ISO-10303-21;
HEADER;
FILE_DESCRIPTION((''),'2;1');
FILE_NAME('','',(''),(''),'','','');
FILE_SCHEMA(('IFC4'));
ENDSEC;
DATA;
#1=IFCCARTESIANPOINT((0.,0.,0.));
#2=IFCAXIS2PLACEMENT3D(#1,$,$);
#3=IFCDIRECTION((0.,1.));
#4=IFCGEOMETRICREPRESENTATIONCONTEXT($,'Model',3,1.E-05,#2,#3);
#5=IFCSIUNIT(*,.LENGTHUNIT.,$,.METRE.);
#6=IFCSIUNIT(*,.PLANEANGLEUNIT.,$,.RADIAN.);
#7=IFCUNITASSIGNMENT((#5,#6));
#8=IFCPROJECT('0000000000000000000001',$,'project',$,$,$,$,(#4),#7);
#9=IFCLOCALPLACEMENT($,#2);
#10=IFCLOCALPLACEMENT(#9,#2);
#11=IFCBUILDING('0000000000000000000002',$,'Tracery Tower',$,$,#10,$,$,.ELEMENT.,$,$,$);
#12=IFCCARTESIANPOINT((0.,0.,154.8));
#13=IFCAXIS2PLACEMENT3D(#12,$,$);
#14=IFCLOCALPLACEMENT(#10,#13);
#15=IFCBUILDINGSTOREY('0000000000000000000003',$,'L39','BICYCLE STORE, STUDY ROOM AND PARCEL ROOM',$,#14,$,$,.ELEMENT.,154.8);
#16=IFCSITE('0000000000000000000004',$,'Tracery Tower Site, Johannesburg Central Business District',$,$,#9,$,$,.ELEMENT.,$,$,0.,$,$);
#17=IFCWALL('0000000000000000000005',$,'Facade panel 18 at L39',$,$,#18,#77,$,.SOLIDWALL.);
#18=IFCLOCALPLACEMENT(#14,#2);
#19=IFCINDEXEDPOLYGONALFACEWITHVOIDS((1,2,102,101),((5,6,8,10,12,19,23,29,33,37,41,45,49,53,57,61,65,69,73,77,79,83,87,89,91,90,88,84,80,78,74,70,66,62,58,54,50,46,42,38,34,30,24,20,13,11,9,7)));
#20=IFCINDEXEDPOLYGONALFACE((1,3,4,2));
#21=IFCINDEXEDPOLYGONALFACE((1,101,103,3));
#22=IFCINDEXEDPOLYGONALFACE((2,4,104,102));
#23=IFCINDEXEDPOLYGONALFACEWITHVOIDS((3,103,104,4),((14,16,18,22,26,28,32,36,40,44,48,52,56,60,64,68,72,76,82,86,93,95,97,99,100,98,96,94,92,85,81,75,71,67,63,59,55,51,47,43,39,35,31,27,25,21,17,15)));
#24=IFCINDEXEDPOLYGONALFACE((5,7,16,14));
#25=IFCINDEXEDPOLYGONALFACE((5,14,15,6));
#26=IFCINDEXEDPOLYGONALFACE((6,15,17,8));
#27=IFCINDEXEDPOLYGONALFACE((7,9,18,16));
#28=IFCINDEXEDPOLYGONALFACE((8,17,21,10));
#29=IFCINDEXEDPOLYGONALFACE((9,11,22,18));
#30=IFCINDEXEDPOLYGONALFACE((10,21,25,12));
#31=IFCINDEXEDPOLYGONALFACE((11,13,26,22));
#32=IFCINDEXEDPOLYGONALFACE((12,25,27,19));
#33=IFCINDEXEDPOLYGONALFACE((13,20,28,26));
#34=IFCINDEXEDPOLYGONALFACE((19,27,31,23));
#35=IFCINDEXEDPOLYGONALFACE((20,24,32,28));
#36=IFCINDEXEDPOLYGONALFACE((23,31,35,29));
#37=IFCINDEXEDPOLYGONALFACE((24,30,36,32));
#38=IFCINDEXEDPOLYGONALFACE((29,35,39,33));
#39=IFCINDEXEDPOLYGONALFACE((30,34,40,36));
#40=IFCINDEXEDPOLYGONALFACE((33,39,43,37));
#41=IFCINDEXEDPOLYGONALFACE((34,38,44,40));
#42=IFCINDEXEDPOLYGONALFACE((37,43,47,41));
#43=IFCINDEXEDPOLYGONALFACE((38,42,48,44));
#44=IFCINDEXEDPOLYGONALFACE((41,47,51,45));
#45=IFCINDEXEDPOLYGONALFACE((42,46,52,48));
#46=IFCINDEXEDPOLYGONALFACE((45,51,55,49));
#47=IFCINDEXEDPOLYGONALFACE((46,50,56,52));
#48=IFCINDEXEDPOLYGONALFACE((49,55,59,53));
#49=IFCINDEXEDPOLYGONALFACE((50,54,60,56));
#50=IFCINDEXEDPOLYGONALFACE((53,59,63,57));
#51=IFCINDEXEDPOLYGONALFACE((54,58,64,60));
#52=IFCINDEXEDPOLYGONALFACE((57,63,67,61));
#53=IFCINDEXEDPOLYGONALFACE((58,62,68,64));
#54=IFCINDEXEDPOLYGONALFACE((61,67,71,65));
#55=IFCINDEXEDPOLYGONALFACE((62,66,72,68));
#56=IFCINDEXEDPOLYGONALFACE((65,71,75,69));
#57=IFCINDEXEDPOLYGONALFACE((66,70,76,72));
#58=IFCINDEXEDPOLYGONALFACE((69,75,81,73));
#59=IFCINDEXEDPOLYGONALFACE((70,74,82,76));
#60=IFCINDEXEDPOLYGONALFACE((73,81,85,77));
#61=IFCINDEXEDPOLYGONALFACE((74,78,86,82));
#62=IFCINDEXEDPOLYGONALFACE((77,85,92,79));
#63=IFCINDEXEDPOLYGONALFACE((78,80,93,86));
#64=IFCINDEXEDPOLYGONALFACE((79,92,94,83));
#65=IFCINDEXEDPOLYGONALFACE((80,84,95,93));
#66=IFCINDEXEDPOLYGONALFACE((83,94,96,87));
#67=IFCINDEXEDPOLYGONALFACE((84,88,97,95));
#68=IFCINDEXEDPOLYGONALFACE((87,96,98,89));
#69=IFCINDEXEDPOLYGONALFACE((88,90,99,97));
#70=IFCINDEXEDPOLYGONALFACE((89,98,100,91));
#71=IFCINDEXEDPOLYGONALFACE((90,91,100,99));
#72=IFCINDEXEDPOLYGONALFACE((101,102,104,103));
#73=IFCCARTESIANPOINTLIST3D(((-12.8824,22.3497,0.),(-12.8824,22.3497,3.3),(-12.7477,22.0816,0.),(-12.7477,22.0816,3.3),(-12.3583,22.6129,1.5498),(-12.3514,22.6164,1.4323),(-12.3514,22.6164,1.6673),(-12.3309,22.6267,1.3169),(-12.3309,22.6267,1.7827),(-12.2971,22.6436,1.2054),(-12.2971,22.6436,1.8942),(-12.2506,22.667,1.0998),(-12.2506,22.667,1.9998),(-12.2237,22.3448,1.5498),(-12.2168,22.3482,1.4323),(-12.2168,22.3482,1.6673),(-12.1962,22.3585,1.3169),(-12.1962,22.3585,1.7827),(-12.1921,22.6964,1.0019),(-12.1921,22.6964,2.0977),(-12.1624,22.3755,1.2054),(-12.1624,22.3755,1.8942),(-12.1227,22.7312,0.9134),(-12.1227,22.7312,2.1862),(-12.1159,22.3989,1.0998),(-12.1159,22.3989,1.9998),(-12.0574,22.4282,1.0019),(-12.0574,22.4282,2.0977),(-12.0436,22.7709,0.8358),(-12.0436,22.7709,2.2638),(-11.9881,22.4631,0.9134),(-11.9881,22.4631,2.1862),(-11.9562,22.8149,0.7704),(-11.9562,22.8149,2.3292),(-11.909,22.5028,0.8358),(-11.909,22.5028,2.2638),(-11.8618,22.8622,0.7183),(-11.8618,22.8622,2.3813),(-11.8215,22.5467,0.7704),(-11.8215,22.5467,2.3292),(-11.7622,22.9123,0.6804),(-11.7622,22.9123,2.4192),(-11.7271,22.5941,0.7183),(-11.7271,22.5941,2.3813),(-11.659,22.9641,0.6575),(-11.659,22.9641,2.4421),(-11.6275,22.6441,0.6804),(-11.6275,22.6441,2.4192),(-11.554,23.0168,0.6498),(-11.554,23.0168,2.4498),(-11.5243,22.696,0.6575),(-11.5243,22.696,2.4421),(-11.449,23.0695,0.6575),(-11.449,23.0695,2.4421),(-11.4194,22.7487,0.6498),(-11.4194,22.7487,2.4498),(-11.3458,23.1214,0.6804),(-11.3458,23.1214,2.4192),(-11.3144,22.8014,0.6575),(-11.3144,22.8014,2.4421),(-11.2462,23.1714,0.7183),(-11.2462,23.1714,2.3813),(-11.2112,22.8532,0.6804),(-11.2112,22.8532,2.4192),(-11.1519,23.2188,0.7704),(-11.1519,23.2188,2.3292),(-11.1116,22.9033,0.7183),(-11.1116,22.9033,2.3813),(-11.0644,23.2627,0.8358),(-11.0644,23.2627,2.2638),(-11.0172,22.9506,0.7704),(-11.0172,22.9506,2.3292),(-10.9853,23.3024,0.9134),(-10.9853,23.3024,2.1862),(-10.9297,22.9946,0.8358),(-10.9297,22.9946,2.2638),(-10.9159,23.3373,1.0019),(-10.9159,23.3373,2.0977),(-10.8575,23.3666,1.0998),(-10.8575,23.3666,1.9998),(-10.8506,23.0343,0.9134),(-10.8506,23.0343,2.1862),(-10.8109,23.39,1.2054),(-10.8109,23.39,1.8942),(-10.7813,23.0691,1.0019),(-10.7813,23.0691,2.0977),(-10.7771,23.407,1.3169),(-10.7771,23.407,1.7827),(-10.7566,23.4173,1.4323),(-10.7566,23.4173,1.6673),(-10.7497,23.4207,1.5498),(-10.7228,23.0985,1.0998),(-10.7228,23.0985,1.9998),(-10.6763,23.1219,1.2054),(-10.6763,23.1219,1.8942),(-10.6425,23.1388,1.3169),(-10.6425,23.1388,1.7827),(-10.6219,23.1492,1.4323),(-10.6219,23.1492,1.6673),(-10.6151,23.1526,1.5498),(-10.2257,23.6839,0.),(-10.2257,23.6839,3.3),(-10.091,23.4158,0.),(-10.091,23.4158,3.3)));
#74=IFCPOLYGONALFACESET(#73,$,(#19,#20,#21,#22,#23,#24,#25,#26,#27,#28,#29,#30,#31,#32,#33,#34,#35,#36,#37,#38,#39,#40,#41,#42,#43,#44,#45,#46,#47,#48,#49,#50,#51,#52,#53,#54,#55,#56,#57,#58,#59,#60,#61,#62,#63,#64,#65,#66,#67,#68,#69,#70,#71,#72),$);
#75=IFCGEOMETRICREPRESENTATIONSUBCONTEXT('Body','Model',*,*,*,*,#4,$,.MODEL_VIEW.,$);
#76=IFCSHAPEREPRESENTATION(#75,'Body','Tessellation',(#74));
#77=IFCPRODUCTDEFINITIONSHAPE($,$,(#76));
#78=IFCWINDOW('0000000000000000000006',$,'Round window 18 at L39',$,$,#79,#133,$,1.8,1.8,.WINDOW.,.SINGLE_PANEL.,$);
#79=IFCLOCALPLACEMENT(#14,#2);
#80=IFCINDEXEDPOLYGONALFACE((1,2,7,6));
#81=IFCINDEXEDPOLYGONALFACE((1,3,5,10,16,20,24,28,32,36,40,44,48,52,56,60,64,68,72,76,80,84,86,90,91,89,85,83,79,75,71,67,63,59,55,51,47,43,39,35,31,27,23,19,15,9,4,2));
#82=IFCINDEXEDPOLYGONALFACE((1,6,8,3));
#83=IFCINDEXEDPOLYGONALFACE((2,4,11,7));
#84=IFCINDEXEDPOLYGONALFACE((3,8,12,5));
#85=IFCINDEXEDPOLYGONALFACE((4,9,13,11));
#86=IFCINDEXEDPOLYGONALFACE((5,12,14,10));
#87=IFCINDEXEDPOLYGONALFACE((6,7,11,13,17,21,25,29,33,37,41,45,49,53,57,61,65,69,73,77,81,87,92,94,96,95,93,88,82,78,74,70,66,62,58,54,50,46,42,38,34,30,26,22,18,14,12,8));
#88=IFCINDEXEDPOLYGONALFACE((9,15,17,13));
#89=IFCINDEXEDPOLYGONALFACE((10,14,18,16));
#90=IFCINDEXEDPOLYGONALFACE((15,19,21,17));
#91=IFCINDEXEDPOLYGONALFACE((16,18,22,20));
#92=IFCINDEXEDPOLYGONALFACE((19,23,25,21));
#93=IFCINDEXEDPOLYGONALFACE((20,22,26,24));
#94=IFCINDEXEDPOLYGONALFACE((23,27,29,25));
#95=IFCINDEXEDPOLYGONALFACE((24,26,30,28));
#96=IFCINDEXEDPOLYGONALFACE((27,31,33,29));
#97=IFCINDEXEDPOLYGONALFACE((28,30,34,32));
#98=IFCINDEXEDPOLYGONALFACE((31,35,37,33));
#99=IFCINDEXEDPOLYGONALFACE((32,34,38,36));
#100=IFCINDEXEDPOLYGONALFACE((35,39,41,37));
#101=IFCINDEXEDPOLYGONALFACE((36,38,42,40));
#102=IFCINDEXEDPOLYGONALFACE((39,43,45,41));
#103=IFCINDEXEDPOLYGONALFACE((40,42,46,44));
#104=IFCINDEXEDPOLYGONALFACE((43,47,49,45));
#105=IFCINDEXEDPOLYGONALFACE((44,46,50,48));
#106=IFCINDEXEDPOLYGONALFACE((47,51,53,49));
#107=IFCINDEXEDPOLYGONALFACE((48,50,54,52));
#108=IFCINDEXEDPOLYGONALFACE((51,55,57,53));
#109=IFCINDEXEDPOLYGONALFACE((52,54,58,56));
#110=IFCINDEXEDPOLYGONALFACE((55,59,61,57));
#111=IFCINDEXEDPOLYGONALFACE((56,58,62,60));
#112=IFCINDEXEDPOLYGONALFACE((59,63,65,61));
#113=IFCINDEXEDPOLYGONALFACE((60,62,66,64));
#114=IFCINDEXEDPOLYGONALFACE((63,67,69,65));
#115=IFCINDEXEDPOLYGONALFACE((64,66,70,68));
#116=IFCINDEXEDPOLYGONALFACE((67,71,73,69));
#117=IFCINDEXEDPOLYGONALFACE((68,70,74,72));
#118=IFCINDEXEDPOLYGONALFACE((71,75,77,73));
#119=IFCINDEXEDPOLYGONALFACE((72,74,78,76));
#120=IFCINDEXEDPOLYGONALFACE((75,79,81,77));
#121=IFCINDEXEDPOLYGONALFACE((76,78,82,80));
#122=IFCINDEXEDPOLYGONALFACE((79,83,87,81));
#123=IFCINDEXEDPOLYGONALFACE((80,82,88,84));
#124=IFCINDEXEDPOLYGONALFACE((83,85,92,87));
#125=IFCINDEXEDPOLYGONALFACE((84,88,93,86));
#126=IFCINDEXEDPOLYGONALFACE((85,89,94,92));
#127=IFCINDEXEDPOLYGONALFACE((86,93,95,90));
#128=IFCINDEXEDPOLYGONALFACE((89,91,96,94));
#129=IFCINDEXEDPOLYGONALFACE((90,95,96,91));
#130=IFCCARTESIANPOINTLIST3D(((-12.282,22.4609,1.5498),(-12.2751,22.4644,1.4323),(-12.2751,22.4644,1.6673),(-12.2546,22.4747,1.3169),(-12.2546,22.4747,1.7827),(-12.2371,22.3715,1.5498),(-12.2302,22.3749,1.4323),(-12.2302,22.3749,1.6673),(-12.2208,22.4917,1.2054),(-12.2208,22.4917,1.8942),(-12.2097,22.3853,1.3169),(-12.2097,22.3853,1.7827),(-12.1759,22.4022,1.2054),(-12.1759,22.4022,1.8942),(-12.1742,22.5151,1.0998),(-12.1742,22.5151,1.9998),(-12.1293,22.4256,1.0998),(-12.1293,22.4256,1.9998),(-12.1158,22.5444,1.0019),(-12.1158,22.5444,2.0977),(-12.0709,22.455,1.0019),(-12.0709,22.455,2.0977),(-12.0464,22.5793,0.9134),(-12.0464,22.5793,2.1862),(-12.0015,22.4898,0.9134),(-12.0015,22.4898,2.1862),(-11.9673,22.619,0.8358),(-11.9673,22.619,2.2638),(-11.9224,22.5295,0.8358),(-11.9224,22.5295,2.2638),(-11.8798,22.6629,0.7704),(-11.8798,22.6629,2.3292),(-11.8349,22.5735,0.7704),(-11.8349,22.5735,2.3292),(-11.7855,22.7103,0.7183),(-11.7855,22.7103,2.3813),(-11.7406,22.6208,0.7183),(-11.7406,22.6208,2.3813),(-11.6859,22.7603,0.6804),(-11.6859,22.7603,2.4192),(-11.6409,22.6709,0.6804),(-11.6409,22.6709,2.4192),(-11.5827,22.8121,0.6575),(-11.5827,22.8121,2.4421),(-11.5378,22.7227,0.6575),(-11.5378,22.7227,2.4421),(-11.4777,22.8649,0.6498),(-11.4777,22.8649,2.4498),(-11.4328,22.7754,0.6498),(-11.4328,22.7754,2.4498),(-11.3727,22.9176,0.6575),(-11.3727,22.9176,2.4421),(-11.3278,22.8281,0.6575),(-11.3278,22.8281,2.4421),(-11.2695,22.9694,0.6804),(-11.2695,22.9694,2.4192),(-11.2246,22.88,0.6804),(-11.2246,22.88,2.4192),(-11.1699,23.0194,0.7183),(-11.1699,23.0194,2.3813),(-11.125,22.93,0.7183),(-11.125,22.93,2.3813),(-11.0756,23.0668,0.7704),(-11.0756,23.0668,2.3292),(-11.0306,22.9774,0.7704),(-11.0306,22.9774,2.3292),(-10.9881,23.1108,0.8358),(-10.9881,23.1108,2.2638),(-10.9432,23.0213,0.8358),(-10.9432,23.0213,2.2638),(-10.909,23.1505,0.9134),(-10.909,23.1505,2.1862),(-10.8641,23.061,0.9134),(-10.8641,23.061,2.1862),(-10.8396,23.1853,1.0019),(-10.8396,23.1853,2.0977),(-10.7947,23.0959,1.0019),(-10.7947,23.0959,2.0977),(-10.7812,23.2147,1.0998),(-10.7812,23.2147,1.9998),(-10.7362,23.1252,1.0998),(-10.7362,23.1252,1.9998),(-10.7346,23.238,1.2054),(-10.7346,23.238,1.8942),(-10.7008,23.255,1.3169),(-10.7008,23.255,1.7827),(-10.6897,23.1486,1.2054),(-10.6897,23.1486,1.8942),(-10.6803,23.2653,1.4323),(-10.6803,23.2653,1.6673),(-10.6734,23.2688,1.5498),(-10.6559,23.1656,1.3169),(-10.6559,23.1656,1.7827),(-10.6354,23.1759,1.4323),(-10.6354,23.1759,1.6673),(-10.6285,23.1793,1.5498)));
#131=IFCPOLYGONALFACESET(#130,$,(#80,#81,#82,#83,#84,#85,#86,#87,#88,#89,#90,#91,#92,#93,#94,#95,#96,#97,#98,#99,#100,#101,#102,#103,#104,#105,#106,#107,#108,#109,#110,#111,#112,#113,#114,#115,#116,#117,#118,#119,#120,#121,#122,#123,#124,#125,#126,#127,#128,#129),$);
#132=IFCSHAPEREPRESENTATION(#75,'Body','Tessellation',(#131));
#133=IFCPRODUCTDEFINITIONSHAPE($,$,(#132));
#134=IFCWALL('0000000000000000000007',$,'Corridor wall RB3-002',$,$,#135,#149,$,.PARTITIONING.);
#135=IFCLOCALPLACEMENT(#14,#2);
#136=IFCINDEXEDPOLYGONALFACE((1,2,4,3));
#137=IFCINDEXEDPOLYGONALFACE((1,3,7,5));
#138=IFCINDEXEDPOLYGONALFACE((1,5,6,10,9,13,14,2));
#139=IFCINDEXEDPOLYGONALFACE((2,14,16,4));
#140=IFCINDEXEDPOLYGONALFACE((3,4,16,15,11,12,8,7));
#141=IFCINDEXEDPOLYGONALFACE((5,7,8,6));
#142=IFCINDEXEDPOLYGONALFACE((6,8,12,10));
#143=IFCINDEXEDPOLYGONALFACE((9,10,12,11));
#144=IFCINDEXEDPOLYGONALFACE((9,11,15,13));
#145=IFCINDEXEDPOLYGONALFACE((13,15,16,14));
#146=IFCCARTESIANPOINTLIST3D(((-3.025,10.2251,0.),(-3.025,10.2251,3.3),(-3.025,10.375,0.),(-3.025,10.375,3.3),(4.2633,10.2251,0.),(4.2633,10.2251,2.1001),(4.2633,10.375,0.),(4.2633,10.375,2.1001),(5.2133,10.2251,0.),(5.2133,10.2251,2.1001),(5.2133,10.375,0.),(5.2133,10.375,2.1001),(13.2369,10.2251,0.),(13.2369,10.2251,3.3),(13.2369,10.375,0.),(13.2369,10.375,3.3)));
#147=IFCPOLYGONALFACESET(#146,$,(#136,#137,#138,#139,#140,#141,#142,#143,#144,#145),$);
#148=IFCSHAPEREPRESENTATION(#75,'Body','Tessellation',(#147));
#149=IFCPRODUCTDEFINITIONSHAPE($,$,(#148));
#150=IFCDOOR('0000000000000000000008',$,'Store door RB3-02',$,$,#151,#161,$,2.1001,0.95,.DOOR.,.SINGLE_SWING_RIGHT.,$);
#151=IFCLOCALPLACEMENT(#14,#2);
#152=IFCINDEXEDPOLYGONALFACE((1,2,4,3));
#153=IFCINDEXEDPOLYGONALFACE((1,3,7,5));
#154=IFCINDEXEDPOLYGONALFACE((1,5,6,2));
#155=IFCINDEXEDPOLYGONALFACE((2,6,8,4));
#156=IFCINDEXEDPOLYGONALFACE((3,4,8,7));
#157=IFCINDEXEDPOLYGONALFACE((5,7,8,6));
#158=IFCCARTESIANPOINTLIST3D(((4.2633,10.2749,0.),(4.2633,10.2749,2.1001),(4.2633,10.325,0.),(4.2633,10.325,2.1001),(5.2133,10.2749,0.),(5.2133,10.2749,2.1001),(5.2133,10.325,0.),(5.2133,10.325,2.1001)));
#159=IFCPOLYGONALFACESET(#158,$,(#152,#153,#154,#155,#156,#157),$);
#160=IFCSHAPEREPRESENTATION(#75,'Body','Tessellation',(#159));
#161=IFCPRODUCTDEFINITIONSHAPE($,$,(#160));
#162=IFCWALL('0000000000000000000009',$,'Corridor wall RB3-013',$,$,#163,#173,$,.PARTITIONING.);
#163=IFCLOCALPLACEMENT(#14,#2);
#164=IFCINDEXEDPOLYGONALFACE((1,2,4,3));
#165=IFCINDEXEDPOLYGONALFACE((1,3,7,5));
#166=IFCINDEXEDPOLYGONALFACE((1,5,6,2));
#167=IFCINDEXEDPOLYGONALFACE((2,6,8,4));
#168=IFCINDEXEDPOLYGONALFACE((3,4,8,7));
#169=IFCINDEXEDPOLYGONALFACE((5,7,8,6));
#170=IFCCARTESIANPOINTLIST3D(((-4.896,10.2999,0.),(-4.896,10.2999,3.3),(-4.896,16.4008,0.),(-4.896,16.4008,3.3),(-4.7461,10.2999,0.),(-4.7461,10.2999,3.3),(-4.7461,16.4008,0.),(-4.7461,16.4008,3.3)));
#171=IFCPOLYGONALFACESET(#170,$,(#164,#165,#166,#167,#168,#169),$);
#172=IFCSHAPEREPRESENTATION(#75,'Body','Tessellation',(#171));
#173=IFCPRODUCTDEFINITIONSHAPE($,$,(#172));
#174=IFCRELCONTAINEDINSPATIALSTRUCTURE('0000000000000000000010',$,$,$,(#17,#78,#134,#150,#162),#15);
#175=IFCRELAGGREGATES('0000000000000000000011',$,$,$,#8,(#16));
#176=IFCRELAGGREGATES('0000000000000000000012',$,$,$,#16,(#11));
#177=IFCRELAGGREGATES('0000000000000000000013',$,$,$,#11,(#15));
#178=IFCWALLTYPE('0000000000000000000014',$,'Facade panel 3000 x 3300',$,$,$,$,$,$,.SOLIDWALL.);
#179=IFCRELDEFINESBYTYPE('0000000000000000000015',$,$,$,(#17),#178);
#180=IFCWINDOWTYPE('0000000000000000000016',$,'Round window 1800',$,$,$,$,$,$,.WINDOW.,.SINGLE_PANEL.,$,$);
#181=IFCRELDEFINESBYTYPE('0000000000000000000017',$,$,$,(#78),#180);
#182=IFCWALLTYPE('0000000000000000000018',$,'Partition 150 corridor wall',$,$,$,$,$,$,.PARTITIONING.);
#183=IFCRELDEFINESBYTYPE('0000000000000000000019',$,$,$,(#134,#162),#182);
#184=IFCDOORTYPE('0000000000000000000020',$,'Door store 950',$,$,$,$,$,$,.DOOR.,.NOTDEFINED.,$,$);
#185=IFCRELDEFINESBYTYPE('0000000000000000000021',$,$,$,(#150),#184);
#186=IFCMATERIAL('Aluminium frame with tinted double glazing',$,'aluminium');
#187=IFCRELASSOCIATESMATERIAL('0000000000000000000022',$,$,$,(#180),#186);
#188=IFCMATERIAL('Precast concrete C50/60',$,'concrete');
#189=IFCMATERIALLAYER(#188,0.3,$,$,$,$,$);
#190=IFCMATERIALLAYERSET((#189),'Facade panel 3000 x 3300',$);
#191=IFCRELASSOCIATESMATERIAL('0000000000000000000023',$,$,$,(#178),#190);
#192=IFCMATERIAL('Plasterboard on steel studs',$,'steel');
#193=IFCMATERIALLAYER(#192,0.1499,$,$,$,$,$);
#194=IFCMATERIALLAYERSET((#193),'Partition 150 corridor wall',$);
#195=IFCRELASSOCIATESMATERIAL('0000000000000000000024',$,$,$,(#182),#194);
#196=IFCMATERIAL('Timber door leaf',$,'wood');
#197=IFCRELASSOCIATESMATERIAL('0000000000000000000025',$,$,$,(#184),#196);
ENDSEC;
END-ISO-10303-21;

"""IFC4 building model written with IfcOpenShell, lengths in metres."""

from ifc_helpers import new_model, si_unit, direction, frame, frame_2d, origin, origin_2d, place, context, subcontext, project, spatial, rectangle, circle, extrude, material, layer, layer_set, type_object, element, fill, save


model = new_model("IFC4")

# Units and contexts
model_context = context("Model", 3, precision=1e-05, world=origin(), true_north=direction((0.0, 1.0)))
body_context = subcontext(model_context, "Body", "Model", "MODEL_VIEW")
ifc_project = project(units=[si_unit("LENGTHUNIT", "METRE"), si_unit("PLANEANGLEUNIT", "RADIAN")], contexts=[model_context])

# Site, building, storey
site_placement = place(None, origin())
site = spatial("IfcSite", under=ifc_project, at=site_placement, Name="Tracery Tower Site, Johannesburg Central Business District", CompositionType="ELEMENT", RefElevation=0.0)
building_placement = place(site_placement, origin())
building = spatial("IfcBuilding", under=site, at=building_placement, Name="Tracery Tower", CompositionType="ELEMENT")
storey_placement = place(building_placement, frame((0.0, 0.0, 154.8)))
storey = spatial("IfcBuildingStorey", under=building, at=storey_placement, Name="L39", Description="BICYCLE STORE, STUDY ROOM AND PARCEL ROOM", CompositionType="ELEMENT", Elevation=154.8)

# Wall, opening, window
ifc_material_1 = material(Name="Aluminium frame with tinted double glazing", Category="aluminium")
window_type = type_object("IfcWindowType", Name="Round window 1800", PartitioningType="SINGLE_PANEL", PredefinedType="WINDOW", material=ifc_material_1)
ifc_material_2 = material(Name="Precast concrete C50/60", Category="concrete")
ifc_layer_1 = layer(ifc_material_2, 0.3)
ifc_layer_set_1 = layer_set([ifc_layer_1], Name="Facade panel 3000 x 3300")
wall_type_1 = type_object("IfcWallType", Name="Facade panel 3000 x 3300", PredefinedType="SOLIDWALL", material=ifc_layer_set_1)
wall_1_placement = place(storey_placement, frame((-10.1584, 23.5498, 0.0), z_axis=(0.0, 0.0, 1.0), x_axis=(-0.893637, -0.44879, 0.0)))
wall_1 = element("IfcWall", 1, at=wall_1_placement, inside=storey, type_object=wall_type_1, Name="Facade panel 18 at L39", PredefinedType="SOLIDWALL", context=body_context, shape_type="SweptSolid", body=[
    extrude(rectangle(XDim=2.9729, YDim=0.3, at=frame_2d((1.4863, 0.0))), origin(), (0.0, 0.0, 1.0), 3.3),
])
opening_1_placement = place(wall_1_placement, frame((1.4863, 0.0, 1.5498)))
opening_1 = element("IfcOpeningElement", 2, at=opening_1_placement, cuts=wall_1, PredefinedType="OPENING", context=body_context, shape_type="SweptSolid", body=[
    extrude(circle(Radius=0.9, at=origin_2d()), frame((0.0, 0.1599, 0.0), z_axis=(0.0, -1.0, 0.0), x_axis=(1.0, 0.0, 0.0)), (0.0, 0.0, 1.0), 0.3201),
])
window_1_placement = place(opening_1_placement, origin())
window_1 = element("IfcWindow", 3, at=window_1_placement, inside=storey, type_object=window_type, Name="Round window 18 at L39", OverallHeight=1.8, OverallWidth=1.8, PartitioningType="SINGLE_PANEL", PredefinedType="WINDOW", context=body_context, shape_type="SweptSolid", body=[
    extrude(circle(Radius=0.9, at=origin_2d()), frame((0.0, 0.1201, 0.0), z_axis=(0.0, -1.0, 0.0), x_axis=(1.0, 0.0, 0.0)), (0.0, 0.0, 1.0), 0.1001),
])
fill(opening_1, window_1)

# Wall, opening, door
ifc_material_3 = material(Name="Plasterboard on steel studs", Category="steel")
ifc_layer_2 = layer(ifc_material_3, 0.1499)
ifc_layer_set_2 = layer_set([ifc_layer_2], Name="Partition 150 corridor wall")
wall_type_2 = type_object("IfcWallType", Name="Partition 150 corridor wall", PredefinedType="PARTITIONING", material=ifc_layer_set_2)
wall_2_placement = place(storey_placement, frame((-3.0249, 10.3, 0.0), z_axis=(0.0, 0.0, 1.0), x_axis=(1.0, 0.0, 0.0)))
wall_2 = element("IfcWall", 4, at=wall_2_placement, inside=storey, type_object=wall_type_2, Name="Corridor wall RB3-002", PredefinedType="PARTITIONING", context=body_context, shape_type="SweptSolid", body=[
    extrude(rectangle(XDim=16.262, YDim=0.1499, at=frame_2d((8.1309, 0.0))), origin(), (0.0, 0.0, 1.0), 3.3),
])
opening_2_placement = place(wall_2_placement, frame((7.2881, 0.0, 0.0)))
opening_2 = element("IfcOpeningElement", 5, at=opening_2_placement, cuts=wall_2, PredefinedType="OPENING", context=body_context, shape_type="SweptSolid", body=[
    extrude(rectangle(XDim=0.95, YDim=2.1001, at=frame_2d((0.4751, 1.05))), frame((0.0, 0.075, 0.0), z_axis=(0.0, -1.0, 0.0), x_axis=(1.0, 0.0, 0.0)), (0.0, 0.0, 1.0), 0.1499),
])
ifc_material_4 = material(Name="Timber door leaf", Category="wood")
door_type_1 = type_object("IfcDoorType", Name="Door store 950", OperationType="NOTDEFINED", PredefinedType="DOOR", material=ifc_material_4)
door_1_placement = place(opening_2_placement, origin())
door_1 = element("IfcDoor", 6, at=door_1_placement, inside=storey, type_object=door_type_1, Name="Store door RB3-02", OperationType="SINGLE_SWING_RIGHT", OverallHeight=2.1001, OverallWidth=0.95, PredefinedType="DOOR", context=body_context, shape_type="SweptSolid", body=[
    extrude(rectangle(XDim=0.95, YDim=2.1001, at=frame_2d((0.4751, 1.05))), frame((0.0, 0.0249, 0.0), z_axis=(0.0, -1.0, 0.0), x_axis=(1.0, 0.0, 0.0)), (0.0, 0.0, 1.0), 0.05),
])
fill(opening_2, door_1)

# Wall
wall_3_placement = place(storey_placement, frame((-4.821, 10.3, 0.0), z_axis=(0.0, 0.0, 1.0), x_axis=(0.0, 1.0, 0.0)))
element("IfcWall", 7, at=wall_3_placement, inside=storey, type_object=wall_type_2, Name="Corridor wall RB3-013", PredefinedType="PARTITIONING", context=body_context, shape_type="SweptSolid", body=[
    extrude(rectangle(XDim=6.1008, YDim=0.1499, at=frame_2d((3.0503, 0.0))), origin(), (0.0, 0.0, 1.0), 3.3),
])

save(model, "model.ifc")
